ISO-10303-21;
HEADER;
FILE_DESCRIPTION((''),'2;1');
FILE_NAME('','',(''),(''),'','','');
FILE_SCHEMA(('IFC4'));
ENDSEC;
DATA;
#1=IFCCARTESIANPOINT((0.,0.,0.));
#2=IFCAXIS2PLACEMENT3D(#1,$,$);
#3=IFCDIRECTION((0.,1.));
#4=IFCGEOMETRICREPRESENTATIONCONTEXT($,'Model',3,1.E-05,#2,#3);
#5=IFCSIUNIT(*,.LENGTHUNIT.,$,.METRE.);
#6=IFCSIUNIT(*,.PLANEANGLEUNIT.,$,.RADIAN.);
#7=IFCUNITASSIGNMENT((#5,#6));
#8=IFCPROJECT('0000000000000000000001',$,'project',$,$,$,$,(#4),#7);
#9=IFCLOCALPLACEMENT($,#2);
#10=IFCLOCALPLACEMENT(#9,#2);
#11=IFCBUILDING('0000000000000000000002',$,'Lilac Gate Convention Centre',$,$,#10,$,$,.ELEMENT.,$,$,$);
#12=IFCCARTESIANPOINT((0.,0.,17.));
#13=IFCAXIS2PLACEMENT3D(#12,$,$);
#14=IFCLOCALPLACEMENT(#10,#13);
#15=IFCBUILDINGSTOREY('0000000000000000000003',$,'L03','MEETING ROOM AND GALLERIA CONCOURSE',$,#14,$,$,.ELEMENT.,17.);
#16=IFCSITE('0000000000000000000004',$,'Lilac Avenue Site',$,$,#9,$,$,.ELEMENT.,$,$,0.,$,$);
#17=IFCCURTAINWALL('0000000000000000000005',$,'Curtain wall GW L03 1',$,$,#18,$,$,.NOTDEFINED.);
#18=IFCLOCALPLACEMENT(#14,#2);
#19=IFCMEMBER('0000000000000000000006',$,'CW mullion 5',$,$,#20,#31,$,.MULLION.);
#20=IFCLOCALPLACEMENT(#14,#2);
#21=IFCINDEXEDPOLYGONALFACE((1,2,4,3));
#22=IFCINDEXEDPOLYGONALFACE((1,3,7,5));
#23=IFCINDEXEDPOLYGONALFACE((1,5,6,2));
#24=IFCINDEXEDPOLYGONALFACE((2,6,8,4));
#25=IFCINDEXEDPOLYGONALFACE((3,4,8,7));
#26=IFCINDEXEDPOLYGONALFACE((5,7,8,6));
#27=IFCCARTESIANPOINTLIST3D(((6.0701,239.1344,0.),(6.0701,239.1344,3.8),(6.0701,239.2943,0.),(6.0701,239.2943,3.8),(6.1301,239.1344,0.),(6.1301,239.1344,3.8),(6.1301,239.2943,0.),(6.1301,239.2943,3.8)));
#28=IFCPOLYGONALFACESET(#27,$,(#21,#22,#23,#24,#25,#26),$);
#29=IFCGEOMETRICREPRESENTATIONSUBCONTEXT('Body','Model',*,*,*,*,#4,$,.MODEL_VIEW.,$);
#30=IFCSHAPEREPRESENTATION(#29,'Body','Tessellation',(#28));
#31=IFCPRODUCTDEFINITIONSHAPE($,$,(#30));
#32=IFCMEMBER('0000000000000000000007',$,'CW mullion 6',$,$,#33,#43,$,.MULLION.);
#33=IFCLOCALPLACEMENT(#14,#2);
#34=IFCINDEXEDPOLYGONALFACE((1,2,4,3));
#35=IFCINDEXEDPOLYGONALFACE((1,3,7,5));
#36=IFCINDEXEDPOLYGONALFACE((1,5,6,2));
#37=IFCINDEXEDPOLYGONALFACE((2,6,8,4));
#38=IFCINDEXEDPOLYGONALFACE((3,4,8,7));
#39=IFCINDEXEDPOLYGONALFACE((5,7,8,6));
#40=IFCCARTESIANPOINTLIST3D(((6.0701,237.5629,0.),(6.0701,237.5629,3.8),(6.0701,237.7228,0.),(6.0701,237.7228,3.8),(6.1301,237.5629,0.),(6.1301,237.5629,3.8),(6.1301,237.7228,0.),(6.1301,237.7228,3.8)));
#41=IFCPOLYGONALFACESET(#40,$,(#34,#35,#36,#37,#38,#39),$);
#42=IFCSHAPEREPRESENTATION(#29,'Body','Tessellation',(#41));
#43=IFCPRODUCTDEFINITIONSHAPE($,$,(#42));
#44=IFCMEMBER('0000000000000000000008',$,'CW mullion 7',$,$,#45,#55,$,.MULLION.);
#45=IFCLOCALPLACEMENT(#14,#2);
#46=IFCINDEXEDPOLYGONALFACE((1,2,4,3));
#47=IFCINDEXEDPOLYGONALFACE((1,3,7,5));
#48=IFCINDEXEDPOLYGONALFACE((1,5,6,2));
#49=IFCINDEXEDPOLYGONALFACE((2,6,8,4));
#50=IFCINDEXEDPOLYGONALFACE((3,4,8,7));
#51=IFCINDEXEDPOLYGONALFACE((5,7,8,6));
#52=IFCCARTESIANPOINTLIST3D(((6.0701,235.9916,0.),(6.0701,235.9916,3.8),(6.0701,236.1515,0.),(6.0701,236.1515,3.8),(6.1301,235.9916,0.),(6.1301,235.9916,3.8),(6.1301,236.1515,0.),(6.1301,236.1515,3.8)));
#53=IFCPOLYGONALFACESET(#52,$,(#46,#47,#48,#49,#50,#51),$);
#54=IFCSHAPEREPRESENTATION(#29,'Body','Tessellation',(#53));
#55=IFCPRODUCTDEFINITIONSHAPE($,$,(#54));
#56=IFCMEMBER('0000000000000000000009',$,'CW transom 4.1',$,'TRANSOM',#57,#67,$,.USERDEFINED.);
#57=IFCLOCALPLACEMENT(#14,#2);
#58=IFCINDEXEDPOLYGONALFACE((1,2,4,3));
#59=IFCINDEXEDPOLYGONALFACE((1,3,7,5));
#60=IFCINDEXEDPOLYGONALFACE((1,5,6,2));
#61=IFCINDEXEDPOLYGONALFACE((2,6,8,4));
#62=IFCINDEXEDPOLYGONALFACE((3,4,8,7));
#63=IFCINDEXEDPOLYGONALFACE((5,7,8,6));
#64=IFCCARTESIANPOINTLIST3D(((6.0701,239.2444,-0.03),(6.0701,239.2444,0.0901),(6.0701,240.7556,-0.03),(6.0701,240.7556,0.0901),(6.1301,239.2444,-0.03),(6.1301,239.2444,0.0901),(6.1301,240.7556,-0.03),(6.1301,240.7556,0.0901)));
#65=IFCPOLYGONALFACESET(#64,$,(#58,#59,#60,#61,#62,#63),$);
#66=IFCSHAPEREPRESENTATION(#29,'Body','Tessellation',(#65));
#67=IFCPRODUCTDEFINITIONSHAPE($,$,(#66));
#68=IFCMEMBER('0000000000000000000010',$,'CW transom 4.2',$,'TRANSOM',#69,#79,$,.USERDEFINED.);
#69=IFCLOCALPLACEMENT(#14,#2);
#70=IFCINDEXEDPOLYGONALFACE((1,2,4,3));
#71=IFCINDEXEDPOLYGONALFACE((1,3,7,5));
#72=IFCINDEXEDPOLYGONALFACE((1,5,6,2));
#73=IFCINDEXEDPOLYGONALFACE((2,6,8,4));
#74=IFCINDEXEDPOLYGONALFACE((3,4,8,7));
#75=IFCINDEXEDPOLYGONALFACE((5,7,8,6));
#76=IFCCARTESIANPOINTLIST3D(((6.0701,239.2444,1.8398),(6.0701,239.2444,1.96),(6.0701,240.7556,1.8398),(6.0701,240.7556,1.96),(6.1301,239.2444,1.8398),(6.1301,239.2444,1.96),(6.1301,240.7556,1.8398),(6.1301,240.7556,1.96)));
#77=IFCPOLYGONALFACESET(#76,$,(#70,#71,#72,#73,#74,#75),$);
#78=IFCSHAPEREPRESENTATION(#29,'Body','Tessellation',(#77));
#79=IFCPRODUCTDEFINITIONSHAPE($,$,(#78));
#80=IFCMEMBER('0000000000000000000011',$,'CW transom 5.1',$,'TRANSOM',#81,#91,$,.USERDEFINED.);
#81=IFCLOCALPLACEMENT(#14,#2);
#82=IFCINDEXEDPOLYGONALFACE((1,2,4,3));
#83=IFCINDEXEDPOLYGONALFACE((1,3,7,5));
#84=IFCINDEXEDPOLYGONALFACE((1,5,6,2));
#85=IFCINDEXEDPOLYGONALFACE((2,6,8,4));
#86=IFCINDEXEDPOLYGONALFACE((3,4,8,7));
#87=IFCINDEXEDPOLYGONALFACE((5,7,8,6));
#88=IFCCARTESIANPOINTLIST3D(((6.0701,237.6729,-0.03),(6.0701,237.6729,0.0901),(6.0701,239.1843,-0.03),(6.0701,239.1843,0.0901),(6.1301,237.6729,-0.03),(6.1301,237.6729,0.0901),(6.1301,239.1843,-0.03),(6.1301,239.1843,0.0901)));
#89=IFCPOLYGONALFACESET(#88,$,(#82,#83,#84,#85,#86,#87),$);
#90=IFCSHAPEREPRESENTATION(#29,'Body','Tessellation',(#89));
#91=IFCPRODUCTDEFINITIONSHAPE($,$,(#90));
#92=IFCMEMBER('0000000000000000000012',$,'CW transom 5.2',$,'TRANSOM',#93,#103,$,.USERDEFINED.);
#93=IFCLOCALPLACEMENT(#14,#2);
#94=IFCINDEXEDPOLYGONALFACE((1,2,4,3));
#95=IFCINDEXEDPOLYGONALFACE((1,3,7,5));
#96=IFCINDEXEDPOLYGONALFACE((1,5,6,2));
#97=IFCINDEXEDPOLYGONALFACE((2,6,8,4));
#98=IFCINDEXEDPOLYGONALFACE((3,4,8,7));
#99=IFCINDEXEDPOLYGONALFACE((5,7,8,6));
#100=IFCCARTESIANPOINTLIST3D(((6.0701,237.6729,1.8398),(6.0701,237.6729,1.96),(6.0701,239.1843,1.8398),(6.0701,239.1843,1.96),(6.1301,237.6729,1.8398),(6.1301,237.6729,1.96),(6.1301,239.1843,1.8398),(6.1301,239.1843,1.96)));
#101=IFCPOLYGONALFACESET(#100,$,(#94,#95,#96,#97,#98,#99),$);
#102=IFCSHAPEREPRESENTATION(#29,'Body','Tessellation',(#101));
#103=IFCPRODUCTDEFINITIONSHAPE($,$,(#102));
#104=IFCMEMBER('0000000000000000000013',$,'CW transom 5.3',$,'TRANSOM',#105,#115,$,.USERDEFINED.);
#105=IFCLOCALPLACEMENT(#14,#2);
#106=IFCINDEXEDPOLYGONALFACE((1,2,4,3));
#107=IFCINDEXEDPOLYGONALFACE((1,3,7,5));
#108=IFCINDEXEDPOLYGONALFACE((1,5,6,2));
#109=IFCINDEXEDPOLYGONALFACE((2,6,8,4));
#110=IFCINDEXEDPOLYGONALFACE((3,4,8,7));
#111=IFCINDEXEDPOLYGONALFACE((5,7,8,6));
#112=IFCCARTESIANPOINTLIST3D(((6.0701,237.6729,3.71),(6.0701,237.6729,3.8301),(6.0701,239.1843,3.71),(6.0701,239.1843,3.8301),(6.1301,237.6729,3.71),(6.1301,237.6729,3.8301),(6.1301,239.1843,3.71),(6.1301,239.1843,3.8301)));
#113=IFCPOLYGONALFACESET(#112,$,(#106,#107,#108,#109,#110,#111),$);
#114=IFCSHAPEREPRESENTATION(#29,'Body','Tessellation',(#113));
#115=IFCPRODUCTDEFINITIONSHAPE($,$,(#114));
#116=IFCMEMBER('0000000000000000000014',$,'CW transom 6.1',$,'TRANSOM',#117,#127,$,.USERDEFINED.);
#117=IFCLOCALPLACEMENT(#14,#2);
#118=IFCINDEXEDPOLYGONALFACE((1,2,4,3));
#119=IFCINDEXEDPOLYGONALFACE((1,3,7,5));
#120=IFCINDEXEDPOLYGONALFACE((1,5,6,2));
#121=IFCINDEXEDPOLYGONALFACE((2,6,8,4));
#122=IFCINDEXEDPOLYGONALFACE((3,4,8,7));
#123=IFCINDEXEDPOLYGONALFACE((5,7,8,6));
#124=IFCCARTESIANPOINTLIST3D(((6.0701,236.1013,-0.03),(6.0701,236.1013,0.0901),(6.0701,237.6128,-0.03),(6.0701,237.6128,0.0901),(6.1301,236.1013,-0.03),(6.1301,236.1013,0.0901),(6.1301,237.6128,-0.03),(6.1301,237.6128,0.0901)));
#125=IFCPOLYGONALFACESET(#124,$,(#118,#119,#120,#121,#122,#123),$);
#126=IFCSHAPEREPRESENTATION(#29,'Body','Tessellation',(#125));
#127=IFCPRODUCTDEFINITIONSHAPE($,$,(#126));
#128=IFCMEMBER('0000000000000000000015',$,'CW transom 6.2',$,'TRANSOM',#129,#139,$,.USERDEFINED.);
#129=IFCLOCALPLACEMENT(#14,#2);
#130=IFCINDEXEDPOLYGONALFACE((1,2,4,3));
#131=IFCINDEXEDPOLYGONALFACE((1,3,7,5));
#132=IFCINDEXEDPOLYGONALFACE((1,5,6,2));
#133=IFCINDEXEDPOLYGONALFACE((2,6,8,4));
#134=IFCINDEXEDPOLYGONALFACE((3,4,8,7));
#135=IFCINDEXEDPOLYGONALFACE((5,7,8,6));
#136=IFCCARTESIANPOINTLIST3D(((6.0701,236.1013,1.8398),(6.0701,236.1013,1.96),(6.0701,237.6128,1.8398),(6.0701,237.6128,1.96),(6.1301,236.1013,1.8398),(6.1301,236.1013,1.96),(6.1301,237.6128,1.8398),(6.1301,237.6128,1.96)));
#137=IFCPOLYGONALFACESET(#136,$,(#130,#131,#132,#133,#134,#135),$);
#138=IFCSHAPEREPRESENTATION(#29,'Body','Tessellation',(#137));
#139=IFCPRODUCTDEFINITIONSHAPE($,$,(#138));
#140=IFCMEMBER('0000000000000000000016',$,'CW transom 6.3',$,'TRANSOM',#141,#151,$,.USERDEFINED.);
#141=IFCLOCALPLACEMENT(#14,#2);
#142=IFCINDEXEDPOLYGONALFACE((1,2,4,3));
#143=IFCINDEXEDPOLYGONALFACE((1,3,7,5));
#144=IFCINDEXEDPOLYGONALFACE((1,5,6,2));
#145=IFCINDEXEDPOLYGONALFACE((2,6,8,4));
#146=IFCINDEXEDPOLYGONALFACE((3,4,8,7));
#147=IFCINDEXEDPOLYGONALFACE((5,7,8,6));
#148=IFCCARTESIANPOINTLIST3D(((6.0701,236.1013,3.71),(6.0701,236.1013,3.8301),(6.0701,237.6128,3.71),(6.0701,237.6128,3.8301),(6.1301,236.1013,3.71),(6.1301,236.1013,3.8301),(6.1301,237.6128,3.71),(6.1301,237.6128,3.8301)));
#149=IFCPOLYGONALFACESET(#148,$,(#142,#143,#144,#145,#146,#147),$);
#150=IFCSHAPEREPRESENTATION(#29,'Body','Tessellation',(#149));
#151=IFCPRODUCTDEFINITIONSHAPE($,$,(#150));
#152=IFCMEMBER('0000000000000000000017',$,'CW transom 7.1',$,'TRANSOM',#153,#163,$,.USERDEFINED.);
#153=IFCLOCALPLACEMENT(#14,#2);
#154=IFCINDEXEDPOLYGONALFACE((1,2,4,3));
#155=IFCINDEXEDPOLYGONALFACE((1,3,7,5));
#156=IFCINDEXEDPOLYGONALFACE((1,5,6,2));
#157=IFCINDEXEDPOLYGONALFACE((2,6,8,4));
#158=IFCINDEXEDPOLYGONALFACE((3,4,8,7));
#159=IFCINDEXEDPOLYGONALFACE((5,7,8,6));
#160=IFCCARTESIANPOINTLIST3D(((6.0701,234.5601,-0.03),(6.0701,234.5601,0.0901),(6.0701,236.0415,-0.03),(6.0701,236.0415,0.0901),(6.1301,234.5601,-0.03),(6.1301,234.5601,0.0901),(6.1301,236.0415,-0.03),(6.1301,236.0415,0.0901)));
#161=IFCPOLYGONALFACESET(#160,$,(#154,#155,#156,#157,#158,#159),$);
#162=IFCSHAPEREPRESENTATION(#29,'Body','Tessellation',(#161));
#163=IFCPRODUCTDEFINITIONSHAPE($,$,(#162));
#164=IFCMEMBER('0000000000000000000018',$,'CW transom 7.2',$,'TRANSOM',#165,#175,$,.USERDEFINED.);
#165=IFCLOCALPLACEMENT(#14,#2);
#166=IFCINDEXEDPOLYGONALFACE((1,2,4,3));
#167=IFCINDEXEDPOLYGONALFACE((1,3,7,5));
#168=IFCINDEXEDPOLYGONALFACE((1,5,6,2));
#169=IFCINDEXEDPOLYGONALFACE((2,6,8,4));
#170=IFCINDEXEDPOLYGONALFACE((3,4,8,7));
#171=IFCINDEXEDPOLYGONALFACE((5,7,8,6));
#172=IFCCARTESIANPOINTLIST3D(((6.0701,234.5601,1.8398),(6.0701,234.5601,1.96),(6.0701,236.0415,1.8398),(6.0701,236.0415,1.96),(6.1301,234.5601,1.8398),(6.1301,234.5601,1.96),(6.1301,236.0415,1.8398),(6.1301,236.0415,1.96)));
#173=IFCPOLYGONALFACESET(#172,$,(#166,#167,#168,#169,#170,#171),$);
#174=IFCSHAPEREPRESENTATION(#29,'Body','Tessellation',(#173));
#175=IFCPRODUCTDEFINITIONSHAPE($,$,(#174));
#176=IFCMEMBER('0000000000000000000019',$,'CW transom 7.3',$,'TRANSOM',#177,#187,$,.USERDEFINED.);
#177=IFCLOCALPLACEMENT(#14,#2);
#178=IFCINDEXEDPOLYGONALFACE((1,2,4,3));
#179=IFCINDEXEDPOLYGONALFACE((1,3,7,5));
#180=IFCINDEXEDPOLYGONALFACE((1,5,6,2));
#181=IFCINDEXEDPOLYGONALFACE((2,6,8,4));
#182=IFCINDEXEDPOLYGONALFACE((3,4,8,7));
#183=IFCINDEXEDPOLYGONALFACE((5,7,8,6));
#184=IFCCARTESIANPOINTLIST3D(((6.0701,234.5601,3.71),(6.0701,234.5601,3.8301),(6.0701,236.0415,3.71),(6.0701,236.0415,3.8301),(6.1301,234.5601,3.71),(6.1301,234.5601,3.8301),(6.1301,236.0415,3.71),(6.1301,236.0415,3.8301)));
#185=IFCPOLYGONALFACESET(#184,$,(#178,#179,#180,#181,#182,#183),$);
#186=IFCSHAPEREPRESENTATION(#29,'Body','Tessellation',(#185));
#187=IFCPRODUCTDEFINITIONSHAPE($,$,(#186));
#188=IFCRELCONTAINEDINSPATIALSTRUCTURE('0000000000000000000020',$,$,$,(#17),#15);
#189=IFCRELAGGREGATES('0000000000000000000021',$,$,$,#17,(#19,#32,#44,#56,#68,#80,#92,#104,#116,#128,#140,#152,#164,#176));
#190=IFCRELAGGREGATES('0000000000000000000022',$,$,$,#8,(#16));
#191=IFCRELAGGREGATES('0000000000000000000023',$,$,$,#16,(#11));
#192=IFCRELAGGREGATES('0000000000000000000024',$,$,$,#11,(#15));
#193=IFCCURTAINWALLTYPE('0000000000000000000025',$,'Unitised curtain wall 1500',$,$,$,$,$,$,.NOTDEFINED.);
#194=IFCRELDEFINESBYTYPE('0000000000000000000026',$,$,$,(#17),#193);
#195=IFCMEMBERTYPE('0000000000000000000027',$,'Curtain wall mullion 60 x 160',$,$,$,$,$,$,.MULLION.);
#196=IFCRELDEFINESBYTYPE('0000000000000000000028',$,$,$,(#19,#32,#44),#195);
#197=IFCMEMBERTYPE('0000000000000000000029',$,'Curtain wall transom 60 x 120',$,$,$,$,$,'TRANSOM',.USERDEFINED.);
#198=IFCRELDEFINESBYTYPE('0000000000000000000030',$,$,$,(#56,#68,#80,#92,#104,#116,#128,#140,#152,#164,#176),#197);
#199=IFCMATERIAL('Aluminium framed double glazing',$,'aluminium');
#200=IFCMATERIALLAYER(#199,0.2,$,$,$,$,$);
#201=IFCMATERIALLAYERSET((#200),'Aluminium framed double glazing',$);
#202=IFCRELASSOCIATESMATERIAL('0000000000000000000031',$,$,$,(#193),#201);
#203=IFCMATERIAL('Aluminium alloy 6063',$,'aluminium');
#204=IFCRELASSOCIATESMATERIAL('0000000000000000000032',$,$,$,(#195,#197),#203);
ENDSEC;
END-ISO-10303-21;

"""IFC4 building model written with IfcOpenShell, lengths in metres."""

from ifc_helpers import new_model, si_unit, direction, frame, origin, origin_2d, place, context, subcontext, project, spatial, rectangle, extrude, material, layer, layer_set, material_profile, profile_set, type_object, element, aggregate, save


model = new_model("IFC4")

# Units and contexts
model_context = context("Model", 3, precision=1e-05, world=origin(), true_north=direction((0.0, 1.0)))
body_context = subcontext(model_context, "Body", "Model", "MODEL_VIEW")
ifc_project = project(units=[si_unit("LENGTHUNIT", "METRE"), si_unit("PLANEANGLEUNIT", "RADIAN")], contexts=[model_context])

# Site, building, storey
site_placement = place(None, origin())
site = spatial("IfcSite", under=ifc_project, at=site_placement, Name="Lilac Avenue Site", CompositionType="ELEMENT", RefElevation=0.0)
building_placement = place(site_placement, origin())
building = spatial("IfcBuilding", under=site, at=building_placement, Name="Lilac Gate Convention Centre", CompositionType="ELEMENT")
storey_placement = place(building_placement, frame((0.0, 0.0, 17.0)))
storey = spatial("IfcBuildingStorey", under=building, at=storey_placement, Name="L03", Description="MEETING ROOM AND GALLERIA CONCOURSE", CompositionType="ELEMENT", Elevation=17.0)

# Curtain wall, members
ifc_material_1 = material(Name="Aluminium framed double glazing", Category="aluminium")
ifc_layer_1 = layer(ifc_material_1, 0.2)
ifc_layer_set_1 = layer_set([ifc_layer_1], Name="Aluminium framed double glazing")
curtain_wall_type = type_object("IfcCurtainWallType", Name="Unitised curtain wall 1500", PredefinedType="NOTDEFINED", material=ifc_layer_set_1)
curtain_wall_placement = place(storey_placement, origin())
curtain_wall = element("IfcCurtainWall", 1, at=curtain_wall_placement, inside=storey, type_object=curtain_wall_type, Name="Curtain wall GW L03 1", PredefinedType="NOTDEFINED")
ifc_material_2 = material(Name="Aluminium alloy 6063", Category="aluminium")
ifc_material_profile_1 = material_profile(ifc_material_2, rectangle(XDim=0.0601, YDim=0.1599, at=origin_2d()), Name="Curtain wall mullion 60 x 160")
ifc_profile_set_1 = profile_set([ifc_material_profile_1], Name="Aluminium alloy 6063")
member_type_1 = type_object("IfcMemberType", Name="Curtain wall mullion 60 x 160", PredefinedType="MULLION", material=ifc_profile_set_1)
member_1_placement = place(storey_placement, frame((6.1001, 239.2144, 0.0), z_axis=(0.0, 0.0, 1.0), x_axis=(1.0, 0.0, 0.0)))
member_1 = element("IfcMember", 2, at=member_1_placement, type_object=member_type_1, Name="CW mullion 5", PredefinedType="MULLION", context=body_context, shape_type="SweptSolid", body=[
    extrude(rectangle(XDim=0.0601, YDim=0.1599, at=origin_2d()), origin(), (0.0, 0.0, 1.0), 3.8),
])
member_2_placement = place(storey_placement, frame((6.1001, 237.6428, 0.0), z_axis=(0.0, 0.0, 1.0), x_axis=(1.0, 0.0, 0.0)))
member_2 = element("IfcMember", 3, at=member_2_placement, type_object=member_type_1, Name="CW mullion 6", PredefinedType="MULLION", context=body_context, shape_type="SweptSolid", body=[
    extrude(rectangle(XDim=0.0601, YDim=0.1599, at=origin_2d()), origin(), (0.0, 0.0, 1.0), 3.8),
])
member_3_placement = place(storey_placement, frame((6.1001, 236.0715, 0.0), z_axis=(0.0, 0.0, 1.0), x_axis=(1.0, 0.0, 0.0)))
member_3 = element("IfcMember", 4, at=member_3_placement, type_object=member_type_1, Name="CW mullion 7", PredefinedType="MULLION", context=body_context, shape_type="SweptSolid", body=[
    extrude(rectangle(XDim=0.0601, YDim=0.1599, at=origin_2d()), origin(), (0.0, 0.0, 1.0), 3.8),
])
ifc_material_profile_2 = material_profile(ifc_material_2, rectangle(XDim=0.0601, YDim=0.1201, at=origin_2d()), Name="Curtain wall transom 60 x 120")
ifc_profile_set_2 = profile_set([ifc_material_profile_2], Name="Aluminium alloy 6063")
member_type_2 = type_object("IfcMemberType", Name="Curtain wall transom 60 x 120", ElementType="TRANSOM", PredefinedType="USERDEFINED", material=ifc_profile_set_2)
member_4_placement = place(storey_placement, frame((6.1001, 240.7556, 0.03), z_axis=(0.0, -1.0, 0.0), x_axis=(1.0, 0.0, 0.0)))
member_4 = element("IfcMember", 5, at=member_4_placement, type_object=member_type_2, Name="CW transom 4.1", ObjectType="TRANSOM", PredefinedType="USERDEFINED", context=body_context, shape_type="SweptSolid", body=[
    extrude(rectangle(XDim=0.0601, YDim=0.1201, at=origin_2d()), origin(), (0.0, 0.0, 1.0), 1.5112),
])
member_5_placement = place(storey_placement, frame((6.1001, 240.7556, 1.8999), z_axis=(0.0, -1.0, 0.0), x_axis=(1.0, 0.0, 0.0)))
member_5 = element("IfcMember", 6, at=member_5_placement, type_object=member_type_2, Name="CW transom 4.2", ObjectType="TRANSOM", PredefinedType="USERDEFINED", context=body_context, shape_type="SweptSolid", body=[
    extrude(rectangle(XDim=0.0601, YDim=0.1201, at=origin_2d()), origin(), (0.0, 0.0, 1.0), 1.5112),
])
member_6_placement = place(storey_placement, frame((6.1001, 239.1843, 0.03), z_axis=(0.0, -1.0, 0.0), x_axis=(1.0, 0.0, 0.0)))
member_6 = element("IfcMember", 7, at=member_6_placement, type_object=member_type_2, Name="CW transom 5.1", ObjectType="TRANSOM", PredefinedType="USERDEFINED", context=body_context, shape_type="SweptSolid", body=[
    extrude(rectangle(XDim=0.0601, YDim=0.1201, at=origin_2d()), origin(), (0.0, 0.0, 1.0), 1.5115),
])
member_7_placement = place(storey_placement, frame((6.1001, 239.1843, 1.8999), z_axis=(0.0, -1.0, 0.0), x_axis=(1.0, 0.0, 0.0)))
member_7 = element("IfcMember", 8, at=member_7_placement, type_object=member_type_2, Name="CW transom 5.2", ObjectType="TRANSOM", PredefinedType="USERDEFINED", context=body_context, shape_type="SweptSolid", body=[
    extrude(rectangle(XDim=0.0601, YDim=0.1201, at=origin_2d()), origin(), (0.0, 0.0, 1.0), 1.5115),
])
member_8_placement = place(storey_placement, frame((6.1001, 239.1843, 3.77), z_axis=(0.0, -1.0, 0.0), x_axis=(1.0, 0.0, 0.0)))
member_8 = element("IfcMember", 9, at=member_8_placement, type_object=member_type_2, Name="CW transom 5.3", ObjectType="TRANSOM", PredefinedType="USERDEFINED", context=body_context, shape_type="SweptSolid", body=[
    extrude(rectangle(XDim=0.0601, YDim=0.1201, at=origin_2d()), origin(), (0.0, 0.0, 1.0), 1.5115),
])
member_9_placement = place(storey_placement, frame((6.1001, 237.6128, 0.03), z_axis=(0.0, -1.0, 0.0), x_axis=(1.0, 0.0, 0.0)))
member_9 = element("IfcMember", 10, at=member_9_placement, type_object=member_type_2, Name="CW transom 6.1", ObjectType="TRANSOM", PredefinedType="USERDEFINED", context=body_context, shape_type="SweptSolid", body=[
    extrude(rectangle(XDim=0.0601, YDim=0.1201, at=origin_2d()), origin(), (0.0, 0.0, 1.0), 1.5115),
])
member_10_placement = place(storey_placement, frame((6.1001, 237.6128, 1.8999), z_axis=(0.0, -1.0, 0.0), x_axis=(1.0, 0.0, 0.0)))
member_10 = element("IfcMember", 11, at=member_10_placement, type_object=member_type_2, Name="CW transom 6.2", ObjectType="TRANSOM", PredefinedType="USERDEFINED", context=body_context, shape_type="SweptSolid", body=[
    extrude(rectangle(XDim=0.0601, YDim=0.1201, at=origin_2d()), origin(), (0.0, 0.0, 1.0), 1.5115),
])
member_11_placement = place(storey_placement, frame((6.1001, 237.6128, 3.77), z_axis=(0.0, -1.0, 0.0), x_axis=(1.0, 0.0, 0.0)))
member_11 = element("IfcMember", 12, at=member_11_placement, type_object=member_type_2, Name="CW transom 6.3", ObjectType="TRANSOM", PredefinedType="USERDEFINED", context=body_context, shape_type="SweptSolid", body=[
    extrude(rectangle(XDim=0.0601, YDim=0.1201, at=origin_2d()), origin(), (0.0, 0.0, 1.0), 1.5115),
])
member_12_placement = place(storey_placement, frame((6.1001, 236.0415, 0.03), z_axis=(0.0, -1.0, 0.0), x_axis=(1.0, 0.0, 0.0)))
member_12 = element("IfcMember", 13, at=member_12_placement, type_object=member_type_2, Name="CW transom 7.1", ObjectType="TRANSOM", PredefinedType="USERDEFINED", context=body_context, shape_type="SweptSolid", body=[
    extrude(rectangle(XDim=0.0601, YDim=0.1201, at=origin_2d()), origin(), (0.0, 0.0, 1.0), 1.4814),
])
member_13_placement = place(storey_placement, frame((6.1001, 236.0415, 1.8999), z_axis=(0.0, -1.0, 0.0), x_axis=(1.0, 0.0, 0.0)))
member_13 = element("IfcMember", 14, at=member_13_placement, type_object=member_type_2, Name="CW transom 7.2", ObjectType="TRANSOM", PredefinedType="USERDEFINED", context=body_context, shape_type="SweptSolid", body=[
    extrude(rectangle(XDim=0.0601, YDim=0.1201, at=origin_2d()), origin(), (0.0, 0.0, 1.0), 1.4814),
])
member_14_placement = place(storey_placement, frame((6.1001, 236.0415, 3.77), z_axis=(0.0, -1.0, 0.0), x_axis=(1.0, 0.0, 0.0)))
member_14 = element("IfcMember", 15, at=member_14_placement, type_object=member_type_2, Name="CW transom 7.3", ObjectType="TRANSOM", PredefinedType="USERDEFINED", context=body_context, shape_type="SweptSolid", body=[
    extrude(rectangle(XDim=0.0601, YDim=0.1201, at=origin_2d()), origin(), (0.0, 0.0, 1.0), 1.4814),
])
aggregate(curtain_wall, [member_1, member_2, member_3, member_4, member_5, member_6, member_7, member_8, member_9, member_10, member_11, member_12, member_13, member_14])

save(model, "model.ifc")
